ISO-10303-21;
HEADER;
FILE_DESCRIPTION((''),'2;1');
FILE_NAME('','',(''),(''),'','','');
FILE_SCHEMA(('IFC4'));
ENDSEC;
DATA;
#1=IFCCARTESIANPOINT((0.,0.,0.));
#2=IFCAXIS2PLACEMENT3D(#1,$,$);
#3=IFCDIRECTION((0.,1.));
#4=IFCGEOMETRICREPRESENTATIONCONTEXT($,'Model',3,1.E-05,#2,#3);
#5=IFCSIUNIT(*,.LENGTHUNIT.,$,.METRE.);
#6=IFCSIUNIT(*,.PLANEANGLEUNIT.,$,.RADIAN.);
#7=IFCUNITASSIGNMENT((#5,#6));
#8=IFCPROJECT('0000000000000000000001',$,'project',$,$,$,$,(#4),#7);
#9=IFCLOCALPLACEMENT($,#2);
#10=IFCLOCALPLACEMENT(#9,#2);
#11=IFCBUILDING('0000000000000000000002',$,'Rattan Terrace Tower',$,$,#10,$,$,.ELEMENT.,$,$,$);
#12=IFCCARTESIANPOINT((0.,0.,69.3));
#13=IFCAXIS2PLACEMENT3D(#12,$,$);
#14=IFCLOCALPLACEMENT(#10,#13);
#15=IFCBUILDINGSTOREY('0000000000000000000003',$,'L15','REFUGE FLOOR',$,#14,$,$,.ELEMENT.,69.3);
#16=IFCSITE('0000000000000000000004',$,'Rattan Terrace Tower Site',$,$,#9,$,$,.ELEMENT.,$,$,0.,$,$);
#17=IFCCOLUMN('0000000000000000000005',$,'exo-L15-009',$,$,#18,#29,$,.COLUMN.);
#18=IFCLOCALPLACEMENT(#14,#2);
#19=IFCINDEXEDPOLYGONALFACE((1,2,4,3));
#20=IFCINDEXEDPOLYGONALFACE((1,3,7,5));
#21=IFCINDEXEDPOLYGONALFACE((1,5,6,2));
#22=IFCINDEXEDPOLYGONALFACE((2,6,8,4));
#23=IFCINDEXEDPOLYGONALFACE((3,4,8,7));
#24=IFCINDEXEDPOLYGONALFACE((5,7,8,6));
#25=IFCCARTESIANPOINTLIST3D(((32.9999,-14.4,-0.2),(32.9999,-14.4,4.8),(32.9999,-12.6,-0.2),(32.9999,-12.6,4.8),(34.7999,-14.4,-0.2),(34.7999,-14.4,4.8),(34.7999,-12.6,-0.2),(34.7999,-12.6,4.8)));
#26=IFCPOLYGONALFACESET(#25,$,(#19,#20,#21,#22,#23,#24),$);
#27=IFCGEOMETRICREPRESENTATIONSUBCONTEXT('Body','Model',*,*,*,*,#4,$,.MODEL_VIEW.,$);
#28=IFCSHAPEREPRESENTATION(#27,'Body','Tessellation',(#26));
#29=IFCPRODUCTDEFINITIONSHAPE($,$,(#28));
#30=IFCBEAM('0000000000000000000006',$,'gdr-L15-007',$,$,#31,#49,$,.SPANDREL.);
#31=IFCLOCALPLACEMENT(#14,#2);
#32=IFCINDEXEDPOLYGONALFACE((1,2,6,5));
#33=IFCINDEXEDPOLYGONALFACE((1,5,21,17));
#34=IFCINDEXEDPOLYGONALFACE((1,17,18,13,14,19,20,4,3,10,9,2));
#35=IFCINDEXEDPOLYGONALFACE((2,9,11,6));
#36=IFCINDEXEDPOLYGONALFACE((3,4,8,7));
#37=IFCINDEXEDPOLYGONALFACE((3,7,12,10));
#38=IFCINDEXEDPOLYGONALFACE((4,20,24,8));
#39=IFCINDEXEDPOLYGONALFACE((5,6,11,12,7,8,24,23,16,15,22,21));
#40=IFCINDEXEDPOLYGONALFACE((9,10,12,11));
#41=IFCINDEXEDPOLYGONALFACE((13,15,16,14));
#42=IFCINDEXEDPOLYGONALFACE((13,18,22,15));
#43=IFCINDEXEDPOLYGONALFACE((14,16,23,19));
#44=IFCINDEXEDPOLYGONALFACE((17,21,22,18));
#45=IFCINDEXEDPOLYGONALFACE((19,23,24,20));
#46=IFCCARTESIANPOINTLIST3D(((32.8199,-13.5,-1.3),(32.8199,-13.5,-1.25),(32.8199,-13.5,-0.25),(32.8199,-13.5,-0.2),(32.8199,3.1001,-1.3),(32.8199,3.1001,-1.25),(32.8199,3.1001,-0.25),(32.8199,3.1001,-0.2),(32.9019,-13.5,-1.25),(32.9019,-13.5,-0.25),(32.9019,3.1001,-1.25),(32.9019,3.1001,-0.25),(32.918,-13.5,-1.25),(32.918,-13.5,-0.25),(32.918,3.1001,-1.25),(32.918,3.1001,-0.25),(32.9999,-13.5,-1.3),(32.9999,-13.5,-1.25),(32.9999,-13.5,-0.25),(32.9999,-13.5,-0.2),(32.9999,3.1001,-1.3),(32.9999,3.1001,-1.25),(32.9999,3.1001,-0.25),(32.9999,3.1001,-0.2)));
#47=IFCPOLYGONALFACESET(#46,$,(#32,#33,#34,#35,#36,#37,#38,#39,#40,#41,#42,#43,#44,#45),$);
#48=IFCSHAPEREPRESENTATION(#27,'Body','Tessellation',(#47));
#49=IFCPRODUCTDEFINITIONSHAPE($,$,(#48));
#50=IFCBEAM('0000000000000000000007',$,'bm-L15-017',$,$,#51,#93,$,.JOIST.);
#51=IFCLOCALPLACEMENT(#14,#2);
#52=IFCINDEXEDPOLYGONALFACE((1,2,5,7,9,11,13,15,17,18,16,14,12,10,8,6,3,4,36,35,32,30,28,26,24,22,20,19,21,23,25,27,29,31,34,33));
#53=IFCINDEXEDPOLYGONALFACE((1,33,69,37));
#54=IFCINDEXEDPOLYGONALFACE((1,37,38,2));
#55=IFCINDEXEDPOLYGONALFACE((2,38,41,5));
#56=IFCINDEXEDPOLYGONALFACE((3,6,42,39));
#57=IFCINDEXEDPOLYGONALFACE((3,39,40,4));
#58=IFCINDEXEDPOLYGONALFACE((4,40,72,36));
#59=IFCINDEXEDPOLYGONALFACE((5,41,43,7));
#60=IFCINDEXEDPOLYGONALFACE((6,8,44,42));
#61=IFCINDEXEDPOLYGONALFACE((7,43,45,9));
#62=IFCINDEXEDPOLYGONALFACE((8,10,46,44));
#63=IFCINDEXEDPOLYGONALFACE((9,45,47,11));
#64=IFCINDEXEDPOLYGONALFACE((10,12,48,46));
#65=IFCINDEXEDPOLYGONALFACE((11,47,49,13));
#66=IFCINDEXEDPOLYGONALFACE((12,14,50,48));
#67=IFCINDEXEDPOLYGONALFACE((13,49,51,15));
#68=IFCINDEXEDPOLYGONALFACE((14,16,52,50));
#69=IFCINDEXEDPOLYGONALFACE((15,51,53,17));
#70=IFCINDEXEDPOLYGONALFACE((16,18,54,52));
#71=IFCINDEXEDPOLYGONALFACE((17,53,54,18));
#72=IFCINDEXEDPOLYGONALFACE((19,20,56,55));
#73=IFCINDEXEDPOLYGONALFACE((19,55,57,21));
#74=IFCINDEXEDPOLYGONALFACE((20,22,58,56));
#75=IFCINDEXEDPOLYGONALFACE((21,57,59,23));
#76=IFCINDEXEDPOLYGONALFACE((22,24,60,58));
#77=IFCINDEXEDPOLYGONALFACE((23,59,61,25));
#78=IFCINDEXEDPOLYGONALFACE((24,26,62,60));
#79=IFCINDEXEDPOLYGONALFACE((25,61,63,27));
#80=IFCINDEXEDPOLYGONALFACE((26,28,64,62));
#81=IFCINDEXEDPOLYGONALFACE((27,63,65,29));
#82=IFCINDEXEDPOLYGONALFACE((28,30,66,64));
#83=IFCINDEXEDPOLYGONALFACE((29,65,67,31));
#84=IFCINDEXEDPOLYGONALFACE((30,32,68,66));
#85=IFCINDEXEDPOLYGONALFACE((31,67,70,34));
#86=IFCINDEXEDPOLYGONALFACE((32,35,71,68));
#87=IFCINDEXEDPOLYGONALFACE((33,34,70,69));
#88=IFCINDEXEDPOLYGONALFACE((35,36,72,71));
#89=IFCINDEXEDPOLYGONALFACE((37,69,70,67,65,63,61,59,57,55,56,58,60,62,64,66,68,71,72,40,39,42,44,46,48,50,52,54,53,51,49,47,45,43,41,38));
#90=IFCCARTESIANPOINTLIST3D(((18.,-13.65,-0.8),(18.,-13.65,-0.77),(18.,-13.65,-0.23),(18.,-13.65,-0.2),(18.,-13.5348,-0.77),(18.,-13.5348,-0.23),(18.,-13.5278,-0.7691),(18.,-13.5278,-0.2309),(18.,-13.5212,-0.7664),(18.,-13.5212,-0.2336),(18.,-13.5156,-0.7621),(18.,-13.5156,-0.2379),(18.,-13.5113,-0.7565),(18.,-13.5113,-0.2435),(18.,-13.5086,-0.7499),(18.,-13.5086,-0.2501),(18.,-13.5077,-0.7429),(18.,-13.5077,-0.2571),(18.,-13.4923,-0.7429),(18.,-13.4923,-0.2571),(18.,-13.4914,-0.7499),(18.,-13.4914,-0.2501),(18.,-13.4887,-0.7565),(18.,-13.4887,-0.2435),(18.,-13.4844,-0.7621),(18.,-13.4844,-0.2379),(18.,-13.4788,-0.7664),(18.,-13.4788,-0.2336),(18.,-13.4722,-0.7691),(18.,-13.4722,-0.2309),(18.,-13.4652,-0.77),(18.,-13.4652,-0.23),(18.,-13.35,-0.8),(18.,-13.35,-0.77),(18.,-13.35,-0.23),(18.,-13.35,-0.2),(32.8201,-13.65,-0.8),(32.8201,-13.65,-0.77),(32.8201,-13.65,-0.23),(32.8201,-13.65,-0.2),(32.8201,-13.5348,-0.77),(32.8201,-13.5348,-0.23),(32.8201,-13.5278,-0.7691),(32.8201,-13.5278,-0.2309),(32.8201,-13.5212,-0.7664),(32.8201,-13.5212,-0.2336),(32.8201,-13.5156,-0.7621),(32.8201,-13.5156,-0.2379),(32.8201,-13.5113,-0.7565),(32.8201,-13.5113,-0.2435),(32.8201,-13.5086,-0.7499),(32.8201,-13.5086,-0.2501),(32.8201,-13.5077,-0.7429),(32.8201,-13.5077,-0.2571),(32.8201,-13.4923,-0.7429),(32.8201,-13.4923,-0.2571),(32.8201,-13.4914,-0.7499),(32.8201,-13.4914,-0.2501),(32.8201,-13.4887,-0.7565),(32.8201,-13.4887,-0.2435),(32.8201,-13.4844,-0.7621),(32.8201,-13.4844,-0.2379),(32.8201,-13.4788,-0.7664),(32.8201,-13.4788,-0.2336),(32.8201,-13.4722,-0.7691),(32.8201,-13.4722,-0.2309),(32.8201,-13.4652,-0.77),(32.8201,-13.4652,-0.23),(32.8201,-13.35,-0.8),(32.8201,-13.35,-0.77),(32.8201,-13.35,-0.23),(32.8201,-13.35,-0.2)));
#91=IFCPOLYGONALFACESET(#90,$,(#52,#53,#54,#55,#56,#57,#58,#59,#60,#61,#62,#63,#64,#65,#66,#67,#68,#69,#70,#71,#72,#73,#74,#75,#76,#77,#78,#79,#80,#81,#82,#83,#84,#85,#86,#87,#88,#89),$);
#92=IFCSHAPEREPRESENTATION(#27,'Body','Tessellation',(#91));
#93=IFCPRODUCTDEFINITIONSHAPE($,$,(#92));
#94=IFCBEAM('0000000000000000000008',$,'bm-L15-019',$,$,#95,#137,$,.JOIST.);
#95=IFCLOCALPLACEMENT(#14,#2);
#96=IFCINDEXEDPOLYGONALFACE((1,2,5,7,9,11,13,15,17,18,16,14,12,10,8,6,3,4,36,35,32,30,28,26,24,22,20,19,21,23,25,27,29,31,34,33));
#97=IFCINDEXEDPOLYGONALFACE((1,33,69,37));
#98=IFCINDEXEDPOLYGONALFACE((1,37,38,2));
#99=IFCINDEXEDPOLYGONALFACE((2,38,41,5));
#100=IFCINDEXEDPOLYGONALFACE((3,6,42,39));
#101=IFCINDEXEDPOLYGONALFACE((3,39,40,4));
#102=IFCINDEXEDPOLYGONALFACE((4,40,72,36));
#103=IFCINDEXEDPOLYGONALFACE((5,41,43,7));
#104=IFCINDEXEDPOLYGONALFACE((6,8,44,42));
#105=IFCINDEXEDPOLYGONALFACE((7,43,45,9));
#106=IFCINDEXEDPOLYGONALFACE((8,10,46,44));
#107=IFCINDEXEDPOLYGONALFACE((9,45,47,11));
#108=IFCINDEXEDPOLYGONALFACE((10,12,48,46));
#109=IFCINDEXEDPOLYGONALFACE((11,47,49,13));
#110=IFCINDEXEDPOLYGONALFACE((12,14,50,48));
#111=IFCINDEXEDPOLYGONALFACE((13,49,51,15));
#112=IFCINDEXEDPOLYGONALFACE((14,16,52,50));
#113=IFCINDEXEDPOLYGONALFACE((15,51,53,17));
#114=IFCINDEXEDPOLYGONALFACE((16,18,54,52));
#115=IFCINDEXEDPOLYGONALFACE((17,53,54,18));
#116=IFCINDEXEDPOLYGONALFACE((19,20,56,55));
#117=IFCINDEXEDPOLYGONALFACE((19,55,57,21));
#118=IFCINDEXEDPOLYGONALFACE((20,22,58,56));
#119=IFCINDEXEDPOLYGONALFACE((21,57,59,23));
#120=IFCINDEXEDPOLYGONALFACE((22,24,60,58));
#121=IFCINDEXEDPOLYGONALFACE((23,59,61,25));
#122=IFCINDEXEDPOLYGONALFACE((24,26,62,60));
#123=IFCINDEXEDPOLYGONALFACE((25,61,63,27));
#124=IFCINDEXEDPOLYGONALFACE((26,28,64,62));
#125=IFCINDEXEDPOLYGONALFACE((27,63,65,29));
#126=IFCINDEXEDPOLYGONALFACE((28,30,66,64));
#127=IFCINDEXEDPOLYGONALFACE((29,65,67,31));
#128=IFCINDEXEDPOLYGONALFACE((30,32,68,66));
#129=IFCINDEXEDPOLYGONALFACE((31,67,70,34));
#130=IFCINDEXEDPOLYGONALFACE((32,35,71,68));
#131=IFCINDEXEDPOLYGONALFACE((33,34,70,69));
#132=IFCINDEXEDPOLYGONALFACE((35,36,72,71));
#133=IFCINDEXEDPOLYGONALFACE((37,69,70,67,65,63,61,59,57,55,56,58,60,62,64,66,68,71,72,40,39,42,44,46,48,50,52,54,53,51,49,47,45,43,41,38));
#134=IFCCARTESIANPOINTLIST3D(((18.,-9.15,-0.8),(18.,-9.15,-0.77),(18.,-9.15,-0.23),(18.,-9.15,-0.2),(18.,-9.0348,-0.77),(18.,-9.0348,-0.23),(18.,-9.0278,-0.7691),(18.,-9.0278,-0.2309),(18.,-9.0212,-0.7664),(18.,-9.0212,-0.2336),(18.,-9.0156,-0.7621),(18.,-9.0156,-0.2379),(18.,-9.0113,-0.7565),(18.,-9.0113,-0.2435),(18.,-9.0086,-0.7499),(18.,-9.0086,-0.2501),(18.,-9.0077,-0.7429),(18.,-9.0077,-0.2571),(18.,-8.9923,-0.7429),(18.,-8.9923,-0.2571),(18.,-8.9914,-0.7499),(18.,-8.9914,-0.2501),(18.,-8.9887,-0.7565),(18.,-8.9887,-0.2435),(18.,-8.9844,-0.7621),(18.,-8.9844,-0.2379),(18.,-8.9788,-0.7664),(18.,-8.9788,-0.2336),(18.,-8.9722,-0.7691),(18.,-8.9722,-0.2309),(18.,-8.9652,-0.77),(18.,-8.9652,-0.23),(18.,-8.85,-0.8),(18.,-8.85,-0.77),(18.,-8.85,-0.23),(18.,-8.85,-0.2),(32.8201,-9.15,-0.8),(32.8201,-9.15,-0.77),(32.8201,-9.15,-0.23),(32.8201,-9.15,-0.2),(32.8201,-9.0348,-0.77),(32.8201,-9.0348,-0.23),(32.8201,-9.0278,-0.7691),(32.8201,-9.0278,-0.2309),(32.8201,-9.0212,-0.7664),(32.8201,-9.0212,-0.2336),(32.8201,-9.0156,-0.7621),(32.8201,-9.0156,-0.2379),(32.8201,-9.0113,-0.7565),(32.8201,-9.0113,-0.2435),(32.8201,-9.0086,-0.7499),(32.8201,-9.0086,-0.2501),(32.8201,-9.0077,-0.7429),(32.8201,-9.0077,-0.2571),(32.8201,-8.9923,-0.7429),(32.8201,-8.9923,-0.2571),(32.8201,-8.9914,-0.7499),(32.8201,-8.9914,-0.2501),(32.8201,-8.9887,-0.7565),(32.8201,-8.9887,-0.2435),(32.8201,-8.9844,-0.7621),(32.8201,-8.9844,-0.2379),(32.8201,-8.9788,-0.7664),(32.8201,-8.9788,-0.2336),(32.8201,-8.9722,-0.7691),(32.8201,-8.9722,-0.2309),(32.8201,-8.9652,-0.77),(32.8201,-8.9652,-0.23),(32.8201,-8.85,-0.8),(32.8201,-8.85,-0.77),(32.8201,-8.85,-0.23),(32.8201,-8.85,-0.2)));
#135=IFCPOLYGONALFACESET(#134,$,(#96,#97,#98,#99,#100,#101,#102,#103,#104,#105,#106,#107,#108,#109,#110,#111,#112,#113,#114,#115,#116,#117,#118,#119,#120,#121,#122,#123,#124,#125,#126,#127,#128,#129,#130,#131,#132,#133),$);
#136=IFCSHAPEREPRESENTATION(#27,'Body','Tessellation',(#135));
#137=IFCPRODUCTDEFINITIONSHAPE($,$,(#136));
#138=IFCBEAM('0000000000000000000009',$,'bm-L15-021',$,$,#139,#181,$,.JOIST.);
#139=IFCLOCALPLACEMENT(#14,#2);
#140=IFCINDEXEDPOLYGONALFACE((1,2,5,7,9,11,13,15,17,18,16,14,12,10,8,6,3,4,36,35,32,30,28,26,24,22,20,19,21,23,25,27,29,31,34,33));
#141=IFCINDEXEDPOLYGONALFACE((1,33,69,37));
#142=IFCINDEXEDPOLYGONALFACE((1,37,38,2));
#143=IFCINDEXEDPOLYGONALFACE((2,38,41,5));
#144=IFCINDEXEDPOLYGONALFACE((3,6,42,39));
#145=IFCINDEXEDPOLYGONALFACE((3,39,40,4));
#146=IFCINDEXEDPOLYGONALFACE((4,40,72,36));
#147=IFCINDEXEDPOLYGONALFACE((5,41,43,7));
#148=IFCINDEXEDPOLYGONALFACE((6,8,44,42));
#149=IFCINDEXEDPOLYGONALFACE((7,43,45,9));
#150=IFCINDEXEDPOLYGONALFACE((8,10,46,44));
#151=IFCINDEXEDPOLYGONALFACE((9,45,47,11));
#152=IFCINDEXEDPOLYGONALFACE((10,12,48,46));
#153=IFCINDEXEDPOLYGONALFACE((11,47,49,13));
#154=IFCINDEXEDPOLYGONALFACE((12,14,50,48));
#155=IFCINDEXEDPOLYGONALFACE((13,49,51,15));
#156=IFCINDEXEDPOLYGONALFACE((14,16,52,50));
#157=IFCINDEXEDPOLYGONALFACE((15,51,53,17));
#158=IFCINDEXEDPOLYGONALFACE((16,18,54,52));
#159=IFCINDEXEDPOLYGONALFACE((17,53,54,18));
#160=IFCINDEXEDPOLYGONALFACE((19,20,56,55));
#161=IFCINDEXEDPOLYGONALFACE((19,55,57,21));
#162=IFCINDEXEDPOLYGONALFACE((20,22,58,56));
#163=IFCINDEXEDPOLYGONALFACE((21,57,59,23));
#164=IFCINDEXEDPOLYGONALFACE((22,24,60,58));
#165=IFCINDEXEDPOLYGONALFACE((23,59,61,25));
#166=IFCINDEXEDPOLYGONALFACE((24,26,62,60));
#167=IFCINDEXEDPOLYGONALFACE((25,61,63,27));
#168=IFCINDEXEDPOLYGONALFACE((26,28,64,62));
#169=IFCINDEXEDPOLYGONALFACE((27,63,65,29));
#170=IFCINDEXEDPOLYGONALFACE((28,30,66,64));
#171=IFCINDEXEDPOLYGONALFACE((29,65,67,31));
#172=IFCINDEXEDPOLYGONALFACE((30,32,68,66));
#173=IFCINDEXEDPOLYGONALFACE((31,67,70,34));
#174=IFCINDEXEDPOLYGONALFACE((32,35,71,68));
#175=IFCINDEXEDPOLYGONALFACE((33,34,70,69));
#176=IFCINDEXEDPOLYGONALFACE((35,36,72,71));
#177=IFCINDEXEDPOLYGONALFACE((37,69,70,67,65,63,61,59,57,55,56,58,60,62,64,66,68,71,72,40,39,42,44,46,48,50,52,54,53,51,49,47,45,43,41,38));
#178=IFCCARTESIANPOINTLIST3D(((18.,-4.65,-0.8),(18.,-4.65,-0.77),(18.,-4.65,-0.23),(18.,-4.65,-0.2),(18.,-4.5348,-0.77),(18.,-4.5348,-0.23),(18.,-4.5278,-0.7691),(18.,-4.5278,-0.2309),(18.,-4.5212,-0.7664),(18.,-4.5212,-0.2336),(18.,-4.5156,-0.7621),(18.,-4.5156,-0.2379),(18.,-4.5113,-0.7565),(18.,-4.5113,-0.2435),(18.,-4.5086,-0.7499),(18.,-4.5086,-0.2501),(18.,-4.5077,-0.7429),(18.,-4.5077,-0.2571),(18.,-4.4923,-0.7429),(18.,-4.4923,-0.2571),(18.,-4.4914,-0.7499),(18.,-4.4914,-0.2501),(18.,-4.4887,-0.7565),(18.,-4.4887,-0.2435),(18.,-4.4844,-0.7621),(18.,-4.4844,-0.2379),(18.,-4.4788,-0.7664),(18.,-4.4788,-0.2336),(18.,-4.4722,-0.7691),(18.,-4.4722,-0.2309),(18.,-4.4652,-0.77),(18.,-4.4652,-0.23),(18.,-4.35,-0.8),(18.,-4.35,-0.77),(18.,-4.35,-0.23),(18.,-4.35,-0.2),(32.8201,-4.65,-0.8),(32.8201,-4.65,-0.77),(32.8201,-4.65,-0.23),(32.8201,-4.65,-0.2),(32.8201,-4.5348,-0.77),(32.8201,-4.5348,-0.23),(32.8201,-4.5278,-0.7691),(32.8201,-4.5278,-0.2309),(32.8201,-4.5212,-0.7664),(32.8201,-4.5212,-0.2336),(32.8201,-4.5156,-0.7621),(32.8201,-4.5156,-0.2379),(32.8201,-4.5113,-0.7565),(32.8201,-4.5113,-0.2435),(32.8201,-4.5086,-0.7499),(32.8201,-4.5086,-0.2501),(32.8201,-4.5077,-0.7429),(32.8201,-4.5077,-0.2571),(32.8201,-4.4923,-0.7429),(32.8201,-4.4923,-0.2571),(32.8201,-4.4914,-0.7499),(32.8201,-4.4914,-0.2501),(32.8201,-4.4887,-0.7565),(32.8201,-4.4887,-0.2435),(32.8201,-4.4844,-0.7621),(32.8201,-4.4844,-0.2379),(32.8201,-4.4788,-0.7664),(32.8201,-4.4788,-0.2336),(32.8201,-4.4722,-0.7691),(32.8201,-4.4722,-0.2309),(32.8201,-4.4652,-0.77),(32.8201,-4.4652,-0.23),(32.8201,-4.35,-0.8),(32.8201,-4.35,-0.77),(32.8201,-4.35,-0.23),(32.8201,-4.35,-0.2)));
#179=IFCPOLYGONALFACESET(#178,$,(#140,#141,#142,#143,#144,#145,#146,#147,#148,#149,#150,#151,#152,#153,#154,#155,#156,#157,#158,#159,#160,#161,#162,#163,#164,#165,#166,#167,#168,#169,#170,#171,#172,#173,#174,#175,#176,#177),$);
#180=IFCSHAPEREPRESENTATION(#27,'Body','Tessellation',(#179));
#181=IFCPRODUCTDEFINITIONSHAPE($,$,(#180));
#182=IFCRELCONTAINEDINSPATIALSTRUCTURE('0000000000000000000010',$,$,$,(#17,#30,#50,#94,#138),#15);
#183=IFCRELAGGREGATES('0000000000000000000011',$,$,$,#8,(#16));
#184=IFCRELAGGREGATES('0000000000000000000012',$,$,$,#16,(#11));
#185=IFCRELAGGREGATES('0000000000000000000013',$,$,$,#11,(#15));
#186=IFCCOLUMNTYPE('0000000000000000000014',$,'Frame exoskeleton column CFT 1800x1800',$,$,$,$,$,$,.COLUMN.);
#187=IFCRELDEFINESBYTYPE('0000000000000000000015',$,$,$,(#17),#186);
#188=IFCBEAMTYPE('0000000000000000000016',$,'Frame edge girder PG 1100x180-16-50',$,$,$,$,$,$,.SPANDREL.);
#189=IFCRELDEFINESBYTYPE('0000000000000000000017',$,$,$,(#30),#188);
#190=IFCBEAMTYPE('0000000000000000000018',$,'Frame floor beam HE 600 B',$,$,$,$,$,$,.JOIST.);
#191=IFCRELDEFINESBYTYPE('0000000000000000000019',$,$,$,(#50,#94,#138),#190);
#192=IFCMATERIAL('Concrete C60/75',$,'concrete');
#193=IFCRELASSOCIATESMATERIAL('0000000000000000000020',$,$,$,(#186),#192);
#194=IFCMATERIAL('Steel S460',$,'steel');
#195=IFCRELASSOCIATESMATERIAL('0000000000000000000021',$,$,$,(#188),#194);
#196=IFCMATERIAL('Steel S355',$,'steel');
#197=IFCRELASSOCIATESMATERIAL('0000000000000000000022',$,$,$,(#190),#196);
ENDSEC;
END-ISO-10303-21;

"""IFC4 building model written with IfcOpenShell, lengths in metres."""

from ifc_helpers import new_model, si_unit, direction, frame, origin, origin_2d, place, context, subcontext, project, spatial, rectangle, i_section, extrude, material, material_profile, profile_set, type_object, element, save


model = new_model("IFC4")

# Units and contexts
model_context = context("Model", 3, precision=1e-05, world=origin(), true_north=direction((0.0, 1.0)))
body_context = subcontext(model_context, "Body", "Model", "MODEL_VIEW")
ifc_project = project(units=[si_unit("LENGTHUNIT", "METRE"), si_unit("PLANEANGLEUNIT", "RADIAN")], contexts=[model_context])

# Site, building, storey
site_placement = place(None, origin())
site = spatial("IfcSite", under=ifc_project, at=site_placement, Name="Rattan Terrace Tower Site", CompositionType="ELEMENT", RefElevation=0.0)
building_placement = place(site_placement, origin())
building = spatial("IfcBuilding", under=site, at=building_placement, Name="Rattan Terrace Tower", CompositionType="ELEMENT")
storey_placement = place(building_placement, frame((0.0, 0.0, 69.3)))
storey = spatial("IfcBuildingStorey", under=building, at=storey_placement, Name="L15", Description="REFUGE FLOOR", CompositionType="ELEMENT", Elevation=69.3)

# Column
ifc_material_1 = material(Name="Concrete C60/75", Category="concrete")
ifc_material_profile_1 = material_profile(ifc_material_1, rectangle(XDim=1.8, YDim=1.8, at=origin_2d()), Name="CFT 1800x1800")
ifc_profile_set_1 = profile_set([ifc_material_profile_1], Name="Concrete C60/75")
column_type = type_object("IfcColumnType", Name="Frame exoskeleton column CFT 1800x1800", PredefinedType="COLUMN", material=ifc_profile_set_1)
column_placement = place(storey_placement, frame((33.8999, -13.5, -0.2), z_axis=(0.0, 0.0, 1.0), x_axis=(0.0, 1.0, 0.0)))
element("IfcColumn", 1, at=column_placement, inside=storey, type_object=column_type, Name="exo-L15-009", PredefinedType="COLUMN", context=body_context, shape_type="SweptSolid", body=[
    extrude(rectangle(XDim=1.8, YDim=1.8, at=origin_2d()), origin(), (0.0, 0.0, 1.0), 5.0),
])

# Beams
ifc_material_2 = material(Name="Steel S460", Category="steel")
ifc_material_profile_2 = material_profile(ifc_material_2, i_section(OverallWidth=0.1799, OverallDepth=1.1001, WebThickness=0.0161, FlangeThickness=0.05, at=origin_2d()), Name="PG 1100x180-16-50")
ifc_profile_set_2 = profile_set([ifc_material_profile_2], Name="Steel S460")
beam_type_1 = type_object("IfcBeamType", Name="Frame edge girder PG 1100x180-16-50", PredefinedType="SPANDREL", material=ifc_profile_set_2)
beam_1_placement = place(storey_placement, frame((32.9099, -13.5, -0.75), z_axis=(0.0, 1.0, 0.0), x_axis=(-1.0, 0.0, 0.0)))
element("IfcBeam", 2, at=beam_1_placement, inside=storey, type_object=beam_type_1, Name="gdr-L15-007", PredefinedType="SPANDREL", context=body_context, shape_type="SweptSolid", body=[
    extrude(i_section(OverallWidth=0.1799, OverallDepth=1.1001, WebThickness=0.0161, FlangeThickness=0.05, at=origin_2d()), origin(), (0.0, 0.0, 1.0), 16.6001),
])
ifc_material_3 = material(Name="Steel S355", Category="steel")
ifc_material_profile_3 = material_profile(ifc_material_3, i_section(OverallWidth=0.3, OverallDepth=0.6001, WebThickness=0.0154, FlangeThickness=0.03, FilletRadius=0.0271, at=origin_2d()), Name="HE 600 B")
ifc_profile_set_3 = profile_set([ifc_material_profile_3], Name="Steel S355")
beam_type_2 = type_object("IfcBeamType", Name="Frame floor beam HE 600 B", PredefinedType="JOIST", material=ifc_profile_set_3)
for number, where, z_axis, x_axis, name in (
    (3, (18.0, -13.5, -0.5), (1.0, 0.0, 0.0), (0.0, 1.0, 0.0), "bm-L15-017"),
    (4, (18.0, -9.0, -0.5), (1.0, 0.0, 0.0), (0.0, 1.0, 0.0), "bm-L15-019"),
    (5, (18.0, -4.5, -0.5), (1.0, 0.0, 0.0), (0.0, 1.0, 0.0), "bm-L15-021"),
):
    element("IfcBeam", number, at=place(storey_placement, frame(where, z_axis=z_axis, x_axis=x_axis)), inside=storey, type_object=beam_type_2, Name=name, PredefinedType="JOIST", context=body_context, shape_type="SweptSolid", body=[
        extrude(i_section(OverallWidth=0.3, OverallDepth=0.6001, WebThickness=0.0154, FlangeThickness=0.03, FilletRadius=0.0271, at=origin_2d()), origin(), (0.0, 0.0, 1.0), 14.8201),
    ])

save(model, "model.ifc")
